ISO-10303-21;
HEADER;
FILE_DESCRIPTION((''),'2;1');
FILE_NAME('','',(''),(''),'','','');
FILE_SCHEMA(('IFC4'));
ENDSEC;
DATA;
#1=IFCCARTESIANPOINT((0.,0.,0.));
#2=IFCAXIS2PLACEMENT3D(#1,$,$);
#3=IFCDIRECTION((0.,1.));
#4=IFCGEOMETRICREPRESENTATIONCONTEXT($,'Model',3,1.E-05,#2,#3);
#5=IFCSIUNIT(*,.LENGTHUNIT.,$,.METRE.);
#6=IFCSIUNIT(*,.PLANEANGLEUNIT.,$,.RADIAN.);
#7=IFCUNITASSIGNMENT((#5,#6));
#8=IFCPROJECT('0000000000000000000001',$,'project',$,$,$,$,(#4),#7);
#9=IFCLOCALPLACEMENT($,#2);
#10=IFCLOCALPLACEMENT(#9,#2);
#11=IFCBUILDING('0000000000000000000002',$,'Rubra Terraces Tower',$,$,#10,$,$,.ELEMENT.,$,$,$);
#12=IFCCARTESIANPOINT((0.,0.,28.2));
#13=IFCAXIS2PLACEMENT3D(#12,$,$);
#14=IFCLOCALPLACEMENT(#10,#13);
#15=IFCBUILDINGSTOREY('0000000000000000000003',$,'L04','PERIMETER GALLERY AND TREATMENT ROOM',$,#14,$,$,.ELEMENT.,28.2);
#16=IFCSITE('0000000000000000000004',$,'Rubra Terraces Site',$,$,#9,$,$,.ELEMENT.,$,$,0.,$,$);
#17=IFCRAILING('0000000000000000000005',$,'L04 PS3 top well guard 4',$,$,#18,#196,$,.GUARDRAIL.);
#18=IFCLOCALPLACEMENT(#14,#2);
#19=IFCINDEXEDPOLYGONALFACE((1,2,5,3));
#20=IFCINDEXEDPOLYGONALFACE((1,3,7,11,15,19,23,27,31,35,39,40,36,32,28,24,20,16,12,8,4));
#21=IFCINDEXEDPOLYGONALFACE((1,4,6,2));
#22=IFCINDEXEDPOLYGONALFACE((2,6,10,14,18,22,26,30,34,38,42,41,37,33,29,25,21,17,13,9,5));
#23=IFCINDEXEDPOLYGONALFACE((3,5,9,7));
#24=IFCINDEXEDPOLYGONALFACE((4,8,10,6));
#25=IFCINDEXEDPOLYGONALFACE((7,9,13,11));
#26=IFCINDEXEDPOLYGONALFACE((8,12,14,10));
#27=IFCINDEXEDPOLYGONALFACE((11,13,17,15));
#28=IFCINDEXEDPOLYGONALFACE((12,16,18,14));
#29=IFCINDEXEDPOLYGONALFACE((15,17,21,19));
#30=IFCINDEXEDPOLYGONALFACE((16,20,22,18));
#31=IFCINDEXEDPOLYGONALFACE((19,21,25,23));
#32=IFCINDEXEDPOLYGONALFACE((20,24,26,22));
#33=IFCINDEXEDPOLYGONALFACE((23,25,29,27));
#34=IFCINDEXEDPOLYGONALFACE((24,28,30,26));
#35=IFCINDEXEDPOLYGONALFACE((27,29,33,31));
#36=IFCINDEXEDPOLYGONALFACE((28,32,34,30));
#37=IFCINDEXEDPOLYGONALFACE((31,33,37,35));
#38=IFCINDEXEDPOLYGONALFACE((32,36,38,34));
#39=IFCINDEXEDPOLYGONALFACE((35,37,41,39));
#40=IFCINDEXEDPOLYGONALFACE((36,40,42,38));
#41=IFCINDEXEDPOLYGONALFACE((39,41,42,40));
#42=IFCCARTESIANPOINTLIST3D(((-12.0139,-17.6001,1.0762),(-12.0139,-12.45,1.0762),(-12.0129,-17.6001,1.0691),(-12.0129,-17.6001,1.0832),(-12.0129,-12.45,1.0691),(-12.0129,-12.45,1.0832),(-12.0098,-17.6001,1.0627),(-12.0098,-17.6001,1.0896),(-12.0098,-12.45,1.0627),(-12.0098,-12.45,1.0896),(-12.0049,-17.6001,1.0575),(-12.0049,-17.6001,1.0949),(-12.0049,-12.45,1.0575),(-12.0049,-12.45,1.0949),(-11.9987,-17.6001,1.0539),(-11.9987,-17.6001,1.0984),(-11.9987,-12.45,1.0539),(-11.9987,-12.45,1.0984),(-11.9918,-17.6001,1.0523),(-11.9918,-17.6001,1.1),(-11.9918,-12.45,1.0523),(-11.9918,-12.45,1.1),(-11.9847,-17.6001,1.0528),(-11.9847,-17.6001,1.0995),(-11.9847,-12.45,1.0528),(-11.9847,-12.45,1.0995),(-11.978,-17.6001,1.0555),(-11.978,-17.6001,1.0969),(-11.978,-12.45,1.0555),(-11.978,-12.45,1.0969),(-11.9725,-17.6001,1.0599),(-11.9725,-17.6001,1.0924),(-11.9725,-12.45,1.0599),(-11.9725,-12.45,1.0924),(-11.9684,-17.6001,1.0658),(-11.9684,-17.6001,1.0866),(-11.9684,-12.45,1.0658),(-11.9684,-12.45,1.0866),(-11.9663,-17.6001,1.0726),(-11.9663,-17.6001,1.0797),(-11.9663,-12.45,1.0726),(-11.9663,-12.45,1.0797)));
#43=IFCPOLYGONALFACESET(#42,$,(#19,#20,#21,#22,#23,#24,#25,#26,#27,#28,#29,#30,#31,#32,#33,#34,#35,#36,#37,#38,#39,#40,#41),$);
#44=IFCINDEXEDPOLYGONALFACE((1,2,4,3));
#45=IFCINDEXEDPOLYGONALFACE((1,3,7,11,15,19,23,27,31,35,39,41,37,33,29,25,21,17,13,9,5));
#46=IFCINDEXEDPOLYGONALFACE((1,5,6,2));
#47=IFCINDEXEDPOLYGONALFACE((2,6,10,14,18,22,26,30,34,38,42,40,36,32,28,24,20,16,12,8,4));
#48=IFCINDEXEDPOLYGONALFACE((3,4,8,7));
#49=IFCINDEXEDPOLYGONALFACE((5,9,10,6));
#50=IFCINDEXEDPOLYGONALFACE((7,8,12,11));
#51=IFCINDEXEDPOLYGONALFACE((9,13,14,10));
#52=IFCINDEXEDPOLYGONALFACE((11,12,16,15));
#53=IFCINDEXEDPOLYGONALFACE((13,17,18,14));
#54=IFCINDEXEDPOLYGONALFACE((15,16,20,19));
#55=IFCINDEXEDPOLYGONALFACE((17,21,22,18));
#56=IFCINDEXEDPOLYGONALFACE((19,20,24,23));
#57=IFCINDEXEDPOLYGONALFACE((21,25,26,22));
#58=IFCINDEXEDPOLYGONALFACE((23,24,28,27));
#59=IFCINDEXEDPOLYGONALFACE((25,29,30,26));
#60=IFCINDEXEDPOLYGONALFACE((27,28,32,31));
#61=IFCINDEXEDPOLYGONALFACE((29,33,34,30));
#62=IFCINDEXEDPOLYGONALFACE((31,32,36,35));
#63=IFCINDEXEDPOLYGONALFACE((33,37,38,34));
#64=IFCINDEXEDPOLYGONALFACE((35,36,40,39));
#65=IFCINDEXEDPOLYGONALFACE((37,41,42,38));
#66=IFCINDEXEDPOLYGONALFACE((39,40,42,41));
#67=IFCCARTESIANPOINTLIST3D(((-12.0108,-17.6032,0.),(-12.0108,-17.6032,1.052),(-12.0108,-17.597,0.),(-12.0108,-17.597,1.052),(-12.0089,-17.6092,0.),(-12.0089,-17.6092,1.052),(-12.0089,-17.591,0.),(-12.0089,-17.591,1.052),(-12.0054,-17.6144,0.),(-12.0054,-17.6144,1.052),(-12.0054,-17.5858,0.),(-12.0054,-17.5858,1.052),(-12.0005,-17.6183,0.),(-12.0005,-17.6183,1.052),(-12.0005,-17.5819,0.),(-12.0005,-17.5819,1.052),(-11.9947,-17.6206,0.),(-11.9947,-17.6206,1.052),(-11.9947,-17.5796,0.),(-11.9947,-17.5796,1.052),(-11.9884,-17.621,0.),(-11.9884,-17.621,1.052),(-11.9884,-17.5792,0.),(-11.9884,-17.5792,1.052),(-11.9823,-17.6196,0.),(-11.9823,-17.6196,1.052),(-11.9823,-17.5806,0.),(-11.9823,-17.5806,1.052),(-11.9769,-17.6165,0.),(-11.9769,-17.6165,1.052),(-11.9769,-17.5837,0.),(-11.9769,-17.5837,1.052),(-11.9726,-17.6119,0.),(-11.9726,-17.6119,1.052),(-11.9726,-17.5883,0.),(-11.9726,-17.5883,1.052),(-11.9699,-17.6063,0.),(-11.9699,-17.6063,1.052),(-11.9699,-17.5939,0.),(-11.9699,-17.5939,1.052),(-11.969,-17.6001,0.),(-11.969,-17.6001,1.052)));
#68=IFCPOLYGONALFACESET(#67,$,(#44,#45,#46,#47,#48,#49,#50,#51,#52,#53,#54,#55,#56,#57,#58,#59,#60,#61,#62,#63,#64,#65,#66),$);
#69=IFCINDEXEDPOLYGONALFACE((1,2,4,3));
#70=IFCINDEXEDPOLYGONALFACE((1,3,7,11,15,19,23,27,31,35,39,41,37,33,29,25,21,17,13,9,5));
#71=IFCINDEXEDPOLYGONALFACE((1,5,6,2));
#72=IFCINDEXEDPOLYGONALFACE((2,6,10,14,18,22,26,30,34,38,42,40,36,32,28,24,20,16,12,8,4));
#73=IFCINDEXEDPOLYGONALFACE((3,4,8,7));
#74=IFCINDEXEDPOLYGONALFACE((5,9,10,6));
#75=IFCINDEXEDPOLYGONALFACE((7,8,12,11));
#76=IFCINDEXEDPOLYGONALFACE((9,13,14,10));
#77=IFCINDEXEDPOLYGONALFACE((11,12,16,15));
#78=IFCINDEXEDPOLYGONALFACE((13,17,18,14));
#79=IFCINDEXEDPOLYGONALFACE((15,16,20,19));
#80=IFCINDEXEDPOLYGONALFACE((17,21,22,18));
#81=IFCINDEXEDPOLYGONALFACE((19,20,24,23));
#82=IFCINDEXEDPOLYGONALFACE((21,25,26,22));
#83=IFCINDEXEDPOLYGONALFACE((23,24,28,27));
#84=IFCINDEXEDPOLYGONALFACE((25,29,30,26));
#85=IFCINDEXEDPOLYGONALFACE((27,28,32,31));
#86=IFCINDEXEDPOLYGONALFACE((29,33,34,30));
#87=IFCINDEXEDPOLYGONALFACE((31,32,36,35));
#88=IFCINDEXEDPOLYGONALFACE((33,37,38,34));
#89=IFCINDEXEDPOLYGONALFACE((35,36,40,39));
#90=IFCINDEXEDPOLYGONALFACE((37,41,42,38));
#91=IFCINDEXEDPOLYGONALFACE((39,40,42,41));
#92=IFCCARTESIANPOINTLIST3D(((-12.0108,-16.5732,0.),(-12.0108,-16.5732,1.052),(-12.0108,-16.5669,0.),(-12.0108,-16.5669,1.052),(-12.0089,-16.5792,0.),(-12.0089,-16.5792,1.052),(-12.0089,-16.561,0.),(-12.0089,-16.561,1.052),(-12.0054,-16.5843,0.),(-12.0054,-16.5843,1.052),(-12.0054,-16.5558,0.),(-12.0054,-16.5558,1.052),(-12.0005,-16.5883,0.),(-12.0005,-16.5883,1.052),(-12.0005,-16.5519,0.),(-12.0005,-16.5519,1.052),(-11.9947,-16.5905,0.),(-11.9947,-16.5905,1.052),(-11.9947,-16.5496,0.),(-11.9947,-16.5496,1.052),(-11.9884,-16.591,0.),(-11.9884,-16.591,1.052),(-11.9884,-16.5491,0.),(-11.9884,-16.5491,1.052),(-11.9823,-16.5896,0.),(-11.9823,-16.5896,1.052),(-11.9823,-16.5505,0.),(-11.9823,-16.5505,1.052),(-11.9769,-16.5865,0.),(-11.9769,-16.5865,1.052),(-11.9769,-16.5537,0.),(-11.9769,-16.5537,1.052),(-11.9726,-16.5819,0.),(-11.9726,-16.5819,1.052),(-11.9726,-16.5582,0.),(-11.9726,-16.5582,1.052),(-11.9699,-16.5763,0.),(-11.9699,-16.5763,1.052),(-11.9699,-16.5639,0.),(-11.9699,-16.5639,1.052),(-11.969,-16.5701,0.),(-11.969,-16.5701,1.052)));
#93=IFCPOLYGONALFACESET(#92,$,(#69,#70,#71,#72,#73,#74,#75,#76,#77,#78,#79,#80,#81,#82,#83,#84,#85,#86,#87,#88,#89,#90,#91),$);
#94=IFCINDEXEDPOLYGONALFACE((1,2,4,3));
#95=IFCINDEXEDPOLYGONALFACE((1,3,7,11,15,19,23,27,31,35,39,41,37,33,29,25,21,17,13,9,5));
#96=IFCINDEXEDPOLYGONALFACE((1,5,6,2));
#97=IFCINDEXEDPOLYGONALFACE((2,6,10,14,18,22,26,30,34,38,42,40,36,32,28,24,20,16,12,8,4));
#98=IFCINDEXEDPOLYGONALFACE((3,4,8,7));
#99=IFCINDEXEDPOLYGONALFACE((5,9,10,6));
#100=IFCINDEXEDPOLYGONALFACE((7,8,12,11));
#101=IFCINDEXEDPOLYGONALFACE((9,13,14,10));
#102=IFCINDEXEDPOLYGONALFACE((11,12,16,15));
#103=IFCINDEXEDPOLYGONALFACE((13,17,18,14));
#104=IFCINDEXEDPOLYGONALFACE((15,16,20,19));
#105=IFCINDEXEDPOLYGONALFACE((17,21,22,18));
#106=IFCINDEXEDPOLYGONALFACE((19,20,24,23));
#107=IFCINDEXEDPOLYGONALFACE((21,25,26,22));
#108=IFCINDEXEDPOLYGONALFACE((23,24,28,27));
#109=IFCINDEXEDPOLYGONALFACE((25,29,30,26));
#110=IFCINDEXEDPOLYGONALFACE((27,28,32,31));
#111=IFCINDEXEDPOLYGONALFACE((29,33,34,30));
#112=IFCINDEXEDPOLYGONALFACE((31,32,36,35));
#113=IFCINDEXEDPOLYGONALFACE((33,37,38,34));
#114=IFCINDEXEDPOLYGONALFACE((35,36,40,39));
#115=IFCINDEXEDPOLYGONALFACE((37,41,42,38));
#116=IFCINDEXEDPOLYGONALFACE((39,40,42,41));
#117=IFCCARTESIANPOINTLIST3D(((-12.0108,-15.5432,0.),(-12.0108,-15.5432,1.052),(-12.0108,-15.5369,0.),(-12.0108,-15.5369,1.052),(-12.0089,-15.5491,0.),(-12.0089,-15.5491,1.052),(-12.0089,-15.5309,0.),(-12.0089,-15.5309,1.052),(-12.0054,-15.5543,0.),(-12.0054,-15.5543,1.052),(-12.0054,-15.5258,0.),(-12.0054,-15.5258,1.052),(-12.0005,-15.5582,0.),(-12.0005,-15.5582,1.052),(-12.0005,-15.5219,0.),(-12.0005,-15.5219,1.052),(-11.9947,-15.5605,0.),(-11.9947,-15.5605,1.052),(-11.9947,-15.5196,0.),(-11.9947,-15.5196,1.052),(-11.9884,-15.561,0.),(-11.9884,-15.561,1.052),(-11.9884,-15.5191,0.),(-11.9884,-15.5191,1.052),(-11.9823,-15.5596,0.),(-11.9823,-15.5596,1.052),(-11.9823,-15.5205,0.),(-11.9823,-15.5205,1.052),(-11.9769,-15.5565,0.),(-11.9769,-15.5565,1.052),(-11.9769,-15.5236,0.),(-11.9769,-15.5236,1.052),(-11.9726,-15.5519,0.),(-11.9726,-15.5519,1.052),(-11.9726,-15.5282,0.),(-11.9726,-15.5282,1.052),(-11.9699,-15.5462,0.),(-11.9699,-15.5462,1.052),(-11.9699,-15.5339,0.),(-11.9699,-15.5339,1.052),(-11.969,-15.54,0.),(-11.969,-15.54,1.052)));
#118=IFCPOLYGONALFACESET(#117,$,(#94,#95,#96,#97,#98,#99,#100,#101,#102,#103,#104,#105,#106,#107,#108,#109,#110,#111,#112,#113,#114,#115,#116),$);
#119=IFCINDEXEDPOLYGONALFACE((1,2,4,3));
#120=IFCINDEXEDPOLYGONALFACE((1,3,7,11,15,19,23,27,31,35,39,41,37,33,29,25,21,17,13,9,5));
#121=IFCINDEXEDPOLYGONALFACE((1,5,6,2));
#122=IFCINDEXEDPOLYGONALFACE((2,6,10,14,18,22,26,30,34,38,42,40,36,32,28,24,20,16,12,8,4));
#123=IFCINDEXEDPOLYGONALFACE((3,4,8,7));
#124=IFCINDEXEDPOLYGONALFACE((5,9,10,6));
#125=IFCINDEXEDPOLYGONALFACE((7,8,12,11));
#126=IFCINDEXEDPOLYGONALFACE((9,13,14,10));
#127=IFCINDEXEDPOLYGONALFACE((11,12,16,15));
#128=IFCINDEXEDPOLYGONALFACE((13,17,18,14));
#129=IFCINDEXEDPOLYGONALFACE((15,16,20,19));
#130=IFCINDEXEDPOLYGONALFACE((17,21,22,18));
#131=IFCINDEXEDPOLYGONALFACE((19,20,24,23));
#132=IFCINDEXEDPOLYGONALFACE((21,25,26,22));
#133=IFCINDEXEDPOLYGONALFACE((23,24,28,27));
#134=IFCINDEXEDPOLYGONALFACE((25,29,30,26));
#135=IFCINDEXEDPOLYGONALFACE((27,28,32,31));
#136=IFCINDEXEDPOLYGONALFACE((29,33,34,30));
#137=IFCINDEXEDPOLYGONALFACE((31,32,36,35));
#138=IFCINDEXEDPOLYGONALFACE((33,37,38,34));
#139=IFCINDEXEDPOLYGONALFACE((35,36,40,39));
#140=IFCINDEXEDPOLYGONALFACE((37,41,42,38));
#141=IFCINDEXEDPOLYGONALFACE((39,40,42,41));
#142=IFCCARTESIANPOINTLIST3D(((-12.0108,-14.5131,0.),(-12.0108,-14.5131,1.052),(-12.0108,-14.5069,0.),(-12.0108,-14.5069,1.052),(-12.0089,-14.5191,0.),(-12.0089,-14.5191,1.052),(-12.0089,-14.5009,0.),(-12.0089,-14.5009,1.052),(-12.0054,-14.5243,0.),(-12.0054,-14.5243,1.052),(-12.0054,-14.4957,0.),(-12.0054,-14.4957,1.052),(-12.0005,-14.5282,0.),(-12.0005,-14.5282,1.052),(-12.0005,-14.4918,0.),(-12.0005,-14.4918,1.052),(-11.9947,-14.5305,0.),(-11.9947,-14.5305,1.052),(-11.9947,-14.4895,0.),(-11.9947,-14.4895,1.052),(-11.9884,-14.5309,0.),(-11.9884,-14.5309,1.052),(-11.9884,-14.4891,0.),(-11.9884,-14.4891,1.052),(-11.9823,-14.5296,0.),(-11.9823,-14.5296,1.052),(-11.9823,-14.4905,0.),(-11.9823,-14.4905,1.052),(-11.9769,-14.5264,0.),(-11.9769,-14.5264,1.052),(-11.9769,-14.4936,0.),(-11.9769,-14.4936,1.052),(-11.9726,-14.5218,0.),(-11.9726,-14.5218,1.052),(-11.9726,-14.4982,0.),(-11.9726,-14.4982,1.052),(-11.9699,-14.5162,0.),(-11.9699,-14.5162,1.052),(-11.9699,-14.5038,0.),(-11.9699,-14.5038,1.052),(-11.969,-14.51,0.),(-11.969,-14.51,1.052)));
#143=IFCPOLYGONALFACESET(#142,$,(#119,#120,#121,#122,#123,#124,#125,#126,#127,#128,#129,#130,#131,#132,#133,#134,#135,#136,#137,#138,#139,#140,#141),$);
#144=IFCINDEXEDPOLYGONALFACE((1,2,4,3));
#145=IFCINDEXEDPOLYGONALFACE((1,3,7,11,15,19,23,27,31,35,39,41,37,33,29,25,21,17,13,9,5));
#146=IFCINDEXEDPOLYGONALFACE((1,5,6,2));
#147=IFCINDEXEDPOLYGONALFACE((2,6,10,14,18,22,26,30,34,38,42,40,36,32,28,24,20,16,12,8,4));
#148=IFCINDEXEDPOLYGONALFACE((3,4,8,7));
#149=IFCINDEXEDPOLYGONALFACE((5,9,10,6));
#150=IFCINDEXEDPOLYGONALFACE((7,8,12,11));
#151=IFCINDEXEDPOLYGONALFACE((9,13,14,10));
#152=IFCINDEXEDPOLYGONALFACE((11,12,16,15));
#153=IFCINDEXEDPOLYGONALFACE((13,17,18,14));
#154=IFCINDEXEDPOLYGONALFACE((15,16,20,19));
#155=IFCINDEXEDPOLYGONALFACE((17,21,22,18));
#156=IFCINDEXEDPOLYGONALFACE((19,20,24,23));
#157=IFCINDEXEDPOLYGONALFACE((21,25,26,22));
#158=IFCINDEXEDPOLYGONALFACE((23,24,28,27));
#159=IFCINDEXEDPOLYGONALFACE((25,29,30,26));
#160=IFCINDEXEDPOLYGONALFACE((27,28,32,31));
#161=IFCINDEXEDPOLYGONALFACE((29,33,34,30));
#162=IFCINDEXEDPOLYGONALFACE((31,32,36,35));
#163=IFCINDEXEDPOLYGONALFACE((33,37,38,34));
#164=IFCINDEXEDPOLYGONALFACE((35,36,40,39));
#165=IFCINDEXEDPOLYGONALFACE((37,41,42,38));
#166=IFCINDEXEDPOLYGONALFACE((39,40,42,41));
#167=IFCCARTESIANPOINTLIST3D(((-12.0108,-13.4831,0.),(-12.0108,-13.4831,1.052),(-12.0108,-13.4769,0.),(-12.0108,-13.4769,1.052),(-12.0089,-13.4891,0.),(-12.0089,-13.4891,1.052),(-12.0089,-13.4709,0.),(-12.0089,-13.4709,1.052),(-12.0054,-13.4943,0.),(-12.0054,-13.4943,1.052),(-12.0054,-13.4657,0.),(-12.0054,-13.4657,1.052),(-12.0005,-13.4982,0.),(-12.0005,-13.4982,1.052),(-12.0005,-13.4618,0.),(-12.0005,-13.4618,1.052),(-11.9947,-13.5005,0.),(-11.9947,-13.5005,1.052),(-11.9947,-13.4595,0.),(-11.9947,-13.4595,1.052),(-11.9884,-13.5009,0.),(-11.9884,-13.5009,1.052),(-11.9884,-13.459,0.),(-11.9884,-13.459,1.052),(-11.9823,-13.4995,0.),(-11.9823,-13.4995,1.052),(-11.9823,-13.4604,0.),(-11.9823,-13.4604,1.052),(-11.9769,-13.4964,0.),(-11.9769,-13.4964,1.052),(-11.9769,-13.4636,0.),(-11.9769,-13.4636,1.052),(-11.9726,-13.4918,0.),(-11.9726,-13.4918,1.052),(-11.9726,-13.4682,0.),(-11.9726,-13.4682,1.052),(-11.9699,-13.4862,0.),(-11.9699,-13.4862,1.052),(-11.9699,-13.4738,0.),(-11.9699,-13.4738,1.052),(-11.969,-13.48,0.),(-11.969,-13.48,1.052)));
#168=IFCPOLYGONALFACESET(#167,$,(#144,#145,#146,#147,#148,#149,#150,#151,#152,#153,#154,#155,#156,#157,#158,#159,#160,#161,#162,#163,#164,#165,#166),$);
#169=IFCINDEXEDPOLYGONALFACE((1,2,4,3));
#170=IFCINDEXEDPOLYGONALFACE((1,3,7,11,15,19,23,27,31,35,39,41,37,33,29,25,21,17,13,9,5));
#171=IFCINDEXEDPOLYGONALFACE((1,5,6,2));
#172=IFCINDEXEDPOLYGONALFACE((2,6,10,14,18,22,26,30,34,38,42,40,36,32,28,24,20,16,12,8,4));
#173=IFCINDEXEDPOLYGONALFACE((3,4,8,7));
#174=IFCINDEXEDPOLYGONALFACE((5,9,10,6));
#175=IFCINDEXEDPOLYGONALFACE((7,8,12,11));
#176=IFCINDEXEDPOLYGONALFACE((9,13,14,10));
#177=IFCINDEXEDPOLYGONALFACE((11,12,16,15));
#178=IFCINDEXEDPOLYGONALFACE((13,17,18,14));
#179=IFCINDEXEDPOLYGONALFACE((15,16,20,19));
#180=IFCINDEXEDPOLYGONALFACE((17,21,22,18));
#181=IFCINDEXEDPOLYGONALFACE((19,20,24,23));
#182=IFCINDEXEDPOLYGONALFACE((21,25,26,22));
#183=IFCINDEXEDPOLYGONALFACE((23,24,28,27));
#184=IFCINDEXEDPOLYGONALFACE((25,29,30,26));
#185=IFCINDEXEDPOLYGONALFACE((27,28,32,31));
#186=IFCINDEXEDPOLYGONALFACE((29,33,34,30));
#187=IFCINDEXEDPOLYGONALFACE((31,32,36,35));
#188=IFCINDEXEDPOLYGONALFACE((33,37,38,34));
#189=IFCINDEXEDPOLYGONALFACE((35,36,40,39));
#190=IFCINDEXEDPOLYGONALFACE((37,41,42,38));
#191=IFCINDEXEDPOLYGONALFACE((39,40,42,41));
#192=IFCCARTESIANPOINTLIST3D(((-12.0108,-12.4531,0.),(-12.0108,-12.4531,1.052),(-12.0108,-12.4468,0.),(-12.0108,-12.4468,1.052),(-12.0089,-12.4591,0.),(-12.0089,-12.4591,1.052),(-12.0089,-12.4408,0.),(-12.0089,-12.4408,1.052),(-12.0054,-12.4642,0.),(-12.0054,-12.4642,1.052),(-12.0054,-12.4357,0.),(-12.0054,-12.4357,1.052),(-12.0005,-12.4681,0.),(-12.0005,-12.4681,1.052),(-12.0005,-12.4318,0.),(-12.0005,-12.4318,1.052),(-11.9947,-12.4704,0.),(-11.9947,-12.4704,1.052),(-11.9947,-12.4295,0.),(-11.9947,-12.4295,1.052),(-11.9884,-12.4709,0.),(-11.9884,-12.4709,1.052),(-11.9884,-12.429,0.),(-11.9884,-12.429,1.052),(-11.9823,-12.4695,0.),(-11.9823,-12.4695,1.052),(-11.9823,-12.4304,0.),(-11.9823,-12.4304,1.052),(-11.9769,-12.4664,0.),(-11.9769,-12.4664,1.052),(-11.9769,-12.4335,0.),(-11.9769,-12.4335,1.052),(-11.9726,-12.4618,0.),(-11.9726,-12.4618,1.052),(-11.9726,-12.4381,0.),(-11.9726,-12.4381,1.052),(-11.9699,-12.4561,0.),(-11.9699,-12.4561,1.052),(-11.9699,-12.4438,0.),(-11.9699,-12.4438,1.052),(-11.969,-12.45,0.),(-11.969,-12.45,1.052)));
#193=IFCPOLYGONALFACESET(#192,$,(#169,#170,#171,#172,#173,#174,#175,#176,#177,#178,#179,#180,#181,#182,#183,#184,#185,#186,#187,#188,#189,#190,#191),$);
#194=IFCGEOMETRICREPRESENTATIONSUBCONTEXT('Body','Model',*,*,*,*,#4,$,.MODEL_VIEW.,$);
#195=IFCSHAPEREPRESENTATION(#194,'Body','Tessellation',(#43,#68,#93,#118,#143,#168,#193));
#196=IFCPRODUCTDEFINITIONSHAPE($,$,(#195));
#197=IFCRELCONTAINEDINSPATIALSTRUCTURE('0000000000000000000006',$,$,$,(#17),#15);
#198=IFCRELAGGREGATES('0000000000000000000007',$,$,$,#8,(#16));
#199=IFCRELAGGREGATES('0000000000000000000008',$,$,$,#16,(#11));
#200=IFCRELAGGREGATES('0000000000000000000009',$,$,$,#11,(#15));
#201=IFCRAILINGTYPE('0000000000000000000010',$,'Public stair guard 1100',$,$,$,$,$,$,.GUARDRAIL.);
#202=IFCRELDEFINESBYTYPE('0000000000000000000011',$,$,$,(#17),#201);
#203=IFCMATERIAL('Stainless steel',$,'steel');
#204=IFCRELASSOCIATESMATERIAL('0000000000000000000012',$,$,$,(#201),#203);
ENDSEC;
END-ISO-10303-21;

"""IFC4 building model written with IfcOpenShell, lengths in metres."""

from ifc_helpers import new_model, si_unit, direction, frame, origin, origin_2d, place, context, subcontext, project, spatial, circle, extrude, material, type_object, element, save


model = new_model("IFC4")

# Units and contexts
model_context = context("Model", 3, precision=1e-05, world=origin(), true_north=direction((0.0, 1.0)))
body_context = subcontext(model_context, "Body", "Model", "MODEL_VIEW")
ifc_project = project(units=[si_unit("LENGTHUNIT", "METRE"), si_unit("PLANEANGLEUNIT", "RADIAN")], contexts=[model_context])

# Site, building, storey
site_placement = place(None, origin())
site = spatial("IfcSite", under=ifc_project, at=site_placement, Name="Rubra Terraces Site", CompositionType="ELEMENT", RefElevation=0.0)
building_placement = place(site_placement, origin())
building = spatial("IfcBuilding", under=site, at=building_placement, Name="Rubra Terraces Tower", CompositionType="ELEMENT")
storey_placement = place(building_placement, frame((0.0, 0.0, 28.2)))
storey = spatial("IfcBuildingStorey", under=building, at=storey_placement, Name="L04", Description="PERIMETER GALLERY AND TREATMENT ROOM", CompositionType="ELEMENT", Elevation=28.2)

# Railing
ifc_material_1 = material(Name="Stainless steel", Category="steel")
railing_type = type_object("IfcRailingType", Name="Public stair guard 1100", PredefinedType="GUARDRAIL", material=ifc_material_1)
railing_placement = place(storey_placement, frame((-11.99, -17.6001, 0.0)))
element("IfcRailing", 1, at=railing_placement, inside=storey, type_object=railing_type, Name="L04 PS3 top well guard 4", PredefinedType="GUARDRAIL", context=body_context, shape_type="SweptSolid", body=[
    extrude(circle(Radius=0.0239, at=origin_2d()), frame((0.0, 0.0, 1.0762), z_axis=(0.0, 1.0, 0.0), x_axis=(-1.0, 0.0, 0.0)), (0.0, 0.0, 1.0), 5.1501),
    extrude(circle(Radius=0.021, at=origin_2d()), origin(), (0.0, 0.0, 1.0), 1.052),
    extrude(circle(Radius=0.021, at=origin_2d()), frame((0.0, 1.03, 0.0)), (0.0, 0.0, 1.0), 1.052),
    extrude(circle(Radius=0.021, at=origin_2d()), frame((0.0, 2.0601, 0.0)), (0.0, 0.0, 1.0), 1.052),
    extrude(circle(Radius=0.021, at=origin_2d()), frame((0.0, 3.0901, 0.0)), (0.0, 0.0, 1.0), 1.052),
    extrude(circle(Radius=0.021, at=origin_2d()), frame((0.0, 4.1201, 0.0)), (0.0, 0.0, 1.0), 1.052),
    extrude(circle(Radius=0.021, at=origin_2d()), frame((0.0, 5.1501, 0.0)), (0.0, 0.0, 1.0), 1.052),
])

save(model, "model.ifc")
